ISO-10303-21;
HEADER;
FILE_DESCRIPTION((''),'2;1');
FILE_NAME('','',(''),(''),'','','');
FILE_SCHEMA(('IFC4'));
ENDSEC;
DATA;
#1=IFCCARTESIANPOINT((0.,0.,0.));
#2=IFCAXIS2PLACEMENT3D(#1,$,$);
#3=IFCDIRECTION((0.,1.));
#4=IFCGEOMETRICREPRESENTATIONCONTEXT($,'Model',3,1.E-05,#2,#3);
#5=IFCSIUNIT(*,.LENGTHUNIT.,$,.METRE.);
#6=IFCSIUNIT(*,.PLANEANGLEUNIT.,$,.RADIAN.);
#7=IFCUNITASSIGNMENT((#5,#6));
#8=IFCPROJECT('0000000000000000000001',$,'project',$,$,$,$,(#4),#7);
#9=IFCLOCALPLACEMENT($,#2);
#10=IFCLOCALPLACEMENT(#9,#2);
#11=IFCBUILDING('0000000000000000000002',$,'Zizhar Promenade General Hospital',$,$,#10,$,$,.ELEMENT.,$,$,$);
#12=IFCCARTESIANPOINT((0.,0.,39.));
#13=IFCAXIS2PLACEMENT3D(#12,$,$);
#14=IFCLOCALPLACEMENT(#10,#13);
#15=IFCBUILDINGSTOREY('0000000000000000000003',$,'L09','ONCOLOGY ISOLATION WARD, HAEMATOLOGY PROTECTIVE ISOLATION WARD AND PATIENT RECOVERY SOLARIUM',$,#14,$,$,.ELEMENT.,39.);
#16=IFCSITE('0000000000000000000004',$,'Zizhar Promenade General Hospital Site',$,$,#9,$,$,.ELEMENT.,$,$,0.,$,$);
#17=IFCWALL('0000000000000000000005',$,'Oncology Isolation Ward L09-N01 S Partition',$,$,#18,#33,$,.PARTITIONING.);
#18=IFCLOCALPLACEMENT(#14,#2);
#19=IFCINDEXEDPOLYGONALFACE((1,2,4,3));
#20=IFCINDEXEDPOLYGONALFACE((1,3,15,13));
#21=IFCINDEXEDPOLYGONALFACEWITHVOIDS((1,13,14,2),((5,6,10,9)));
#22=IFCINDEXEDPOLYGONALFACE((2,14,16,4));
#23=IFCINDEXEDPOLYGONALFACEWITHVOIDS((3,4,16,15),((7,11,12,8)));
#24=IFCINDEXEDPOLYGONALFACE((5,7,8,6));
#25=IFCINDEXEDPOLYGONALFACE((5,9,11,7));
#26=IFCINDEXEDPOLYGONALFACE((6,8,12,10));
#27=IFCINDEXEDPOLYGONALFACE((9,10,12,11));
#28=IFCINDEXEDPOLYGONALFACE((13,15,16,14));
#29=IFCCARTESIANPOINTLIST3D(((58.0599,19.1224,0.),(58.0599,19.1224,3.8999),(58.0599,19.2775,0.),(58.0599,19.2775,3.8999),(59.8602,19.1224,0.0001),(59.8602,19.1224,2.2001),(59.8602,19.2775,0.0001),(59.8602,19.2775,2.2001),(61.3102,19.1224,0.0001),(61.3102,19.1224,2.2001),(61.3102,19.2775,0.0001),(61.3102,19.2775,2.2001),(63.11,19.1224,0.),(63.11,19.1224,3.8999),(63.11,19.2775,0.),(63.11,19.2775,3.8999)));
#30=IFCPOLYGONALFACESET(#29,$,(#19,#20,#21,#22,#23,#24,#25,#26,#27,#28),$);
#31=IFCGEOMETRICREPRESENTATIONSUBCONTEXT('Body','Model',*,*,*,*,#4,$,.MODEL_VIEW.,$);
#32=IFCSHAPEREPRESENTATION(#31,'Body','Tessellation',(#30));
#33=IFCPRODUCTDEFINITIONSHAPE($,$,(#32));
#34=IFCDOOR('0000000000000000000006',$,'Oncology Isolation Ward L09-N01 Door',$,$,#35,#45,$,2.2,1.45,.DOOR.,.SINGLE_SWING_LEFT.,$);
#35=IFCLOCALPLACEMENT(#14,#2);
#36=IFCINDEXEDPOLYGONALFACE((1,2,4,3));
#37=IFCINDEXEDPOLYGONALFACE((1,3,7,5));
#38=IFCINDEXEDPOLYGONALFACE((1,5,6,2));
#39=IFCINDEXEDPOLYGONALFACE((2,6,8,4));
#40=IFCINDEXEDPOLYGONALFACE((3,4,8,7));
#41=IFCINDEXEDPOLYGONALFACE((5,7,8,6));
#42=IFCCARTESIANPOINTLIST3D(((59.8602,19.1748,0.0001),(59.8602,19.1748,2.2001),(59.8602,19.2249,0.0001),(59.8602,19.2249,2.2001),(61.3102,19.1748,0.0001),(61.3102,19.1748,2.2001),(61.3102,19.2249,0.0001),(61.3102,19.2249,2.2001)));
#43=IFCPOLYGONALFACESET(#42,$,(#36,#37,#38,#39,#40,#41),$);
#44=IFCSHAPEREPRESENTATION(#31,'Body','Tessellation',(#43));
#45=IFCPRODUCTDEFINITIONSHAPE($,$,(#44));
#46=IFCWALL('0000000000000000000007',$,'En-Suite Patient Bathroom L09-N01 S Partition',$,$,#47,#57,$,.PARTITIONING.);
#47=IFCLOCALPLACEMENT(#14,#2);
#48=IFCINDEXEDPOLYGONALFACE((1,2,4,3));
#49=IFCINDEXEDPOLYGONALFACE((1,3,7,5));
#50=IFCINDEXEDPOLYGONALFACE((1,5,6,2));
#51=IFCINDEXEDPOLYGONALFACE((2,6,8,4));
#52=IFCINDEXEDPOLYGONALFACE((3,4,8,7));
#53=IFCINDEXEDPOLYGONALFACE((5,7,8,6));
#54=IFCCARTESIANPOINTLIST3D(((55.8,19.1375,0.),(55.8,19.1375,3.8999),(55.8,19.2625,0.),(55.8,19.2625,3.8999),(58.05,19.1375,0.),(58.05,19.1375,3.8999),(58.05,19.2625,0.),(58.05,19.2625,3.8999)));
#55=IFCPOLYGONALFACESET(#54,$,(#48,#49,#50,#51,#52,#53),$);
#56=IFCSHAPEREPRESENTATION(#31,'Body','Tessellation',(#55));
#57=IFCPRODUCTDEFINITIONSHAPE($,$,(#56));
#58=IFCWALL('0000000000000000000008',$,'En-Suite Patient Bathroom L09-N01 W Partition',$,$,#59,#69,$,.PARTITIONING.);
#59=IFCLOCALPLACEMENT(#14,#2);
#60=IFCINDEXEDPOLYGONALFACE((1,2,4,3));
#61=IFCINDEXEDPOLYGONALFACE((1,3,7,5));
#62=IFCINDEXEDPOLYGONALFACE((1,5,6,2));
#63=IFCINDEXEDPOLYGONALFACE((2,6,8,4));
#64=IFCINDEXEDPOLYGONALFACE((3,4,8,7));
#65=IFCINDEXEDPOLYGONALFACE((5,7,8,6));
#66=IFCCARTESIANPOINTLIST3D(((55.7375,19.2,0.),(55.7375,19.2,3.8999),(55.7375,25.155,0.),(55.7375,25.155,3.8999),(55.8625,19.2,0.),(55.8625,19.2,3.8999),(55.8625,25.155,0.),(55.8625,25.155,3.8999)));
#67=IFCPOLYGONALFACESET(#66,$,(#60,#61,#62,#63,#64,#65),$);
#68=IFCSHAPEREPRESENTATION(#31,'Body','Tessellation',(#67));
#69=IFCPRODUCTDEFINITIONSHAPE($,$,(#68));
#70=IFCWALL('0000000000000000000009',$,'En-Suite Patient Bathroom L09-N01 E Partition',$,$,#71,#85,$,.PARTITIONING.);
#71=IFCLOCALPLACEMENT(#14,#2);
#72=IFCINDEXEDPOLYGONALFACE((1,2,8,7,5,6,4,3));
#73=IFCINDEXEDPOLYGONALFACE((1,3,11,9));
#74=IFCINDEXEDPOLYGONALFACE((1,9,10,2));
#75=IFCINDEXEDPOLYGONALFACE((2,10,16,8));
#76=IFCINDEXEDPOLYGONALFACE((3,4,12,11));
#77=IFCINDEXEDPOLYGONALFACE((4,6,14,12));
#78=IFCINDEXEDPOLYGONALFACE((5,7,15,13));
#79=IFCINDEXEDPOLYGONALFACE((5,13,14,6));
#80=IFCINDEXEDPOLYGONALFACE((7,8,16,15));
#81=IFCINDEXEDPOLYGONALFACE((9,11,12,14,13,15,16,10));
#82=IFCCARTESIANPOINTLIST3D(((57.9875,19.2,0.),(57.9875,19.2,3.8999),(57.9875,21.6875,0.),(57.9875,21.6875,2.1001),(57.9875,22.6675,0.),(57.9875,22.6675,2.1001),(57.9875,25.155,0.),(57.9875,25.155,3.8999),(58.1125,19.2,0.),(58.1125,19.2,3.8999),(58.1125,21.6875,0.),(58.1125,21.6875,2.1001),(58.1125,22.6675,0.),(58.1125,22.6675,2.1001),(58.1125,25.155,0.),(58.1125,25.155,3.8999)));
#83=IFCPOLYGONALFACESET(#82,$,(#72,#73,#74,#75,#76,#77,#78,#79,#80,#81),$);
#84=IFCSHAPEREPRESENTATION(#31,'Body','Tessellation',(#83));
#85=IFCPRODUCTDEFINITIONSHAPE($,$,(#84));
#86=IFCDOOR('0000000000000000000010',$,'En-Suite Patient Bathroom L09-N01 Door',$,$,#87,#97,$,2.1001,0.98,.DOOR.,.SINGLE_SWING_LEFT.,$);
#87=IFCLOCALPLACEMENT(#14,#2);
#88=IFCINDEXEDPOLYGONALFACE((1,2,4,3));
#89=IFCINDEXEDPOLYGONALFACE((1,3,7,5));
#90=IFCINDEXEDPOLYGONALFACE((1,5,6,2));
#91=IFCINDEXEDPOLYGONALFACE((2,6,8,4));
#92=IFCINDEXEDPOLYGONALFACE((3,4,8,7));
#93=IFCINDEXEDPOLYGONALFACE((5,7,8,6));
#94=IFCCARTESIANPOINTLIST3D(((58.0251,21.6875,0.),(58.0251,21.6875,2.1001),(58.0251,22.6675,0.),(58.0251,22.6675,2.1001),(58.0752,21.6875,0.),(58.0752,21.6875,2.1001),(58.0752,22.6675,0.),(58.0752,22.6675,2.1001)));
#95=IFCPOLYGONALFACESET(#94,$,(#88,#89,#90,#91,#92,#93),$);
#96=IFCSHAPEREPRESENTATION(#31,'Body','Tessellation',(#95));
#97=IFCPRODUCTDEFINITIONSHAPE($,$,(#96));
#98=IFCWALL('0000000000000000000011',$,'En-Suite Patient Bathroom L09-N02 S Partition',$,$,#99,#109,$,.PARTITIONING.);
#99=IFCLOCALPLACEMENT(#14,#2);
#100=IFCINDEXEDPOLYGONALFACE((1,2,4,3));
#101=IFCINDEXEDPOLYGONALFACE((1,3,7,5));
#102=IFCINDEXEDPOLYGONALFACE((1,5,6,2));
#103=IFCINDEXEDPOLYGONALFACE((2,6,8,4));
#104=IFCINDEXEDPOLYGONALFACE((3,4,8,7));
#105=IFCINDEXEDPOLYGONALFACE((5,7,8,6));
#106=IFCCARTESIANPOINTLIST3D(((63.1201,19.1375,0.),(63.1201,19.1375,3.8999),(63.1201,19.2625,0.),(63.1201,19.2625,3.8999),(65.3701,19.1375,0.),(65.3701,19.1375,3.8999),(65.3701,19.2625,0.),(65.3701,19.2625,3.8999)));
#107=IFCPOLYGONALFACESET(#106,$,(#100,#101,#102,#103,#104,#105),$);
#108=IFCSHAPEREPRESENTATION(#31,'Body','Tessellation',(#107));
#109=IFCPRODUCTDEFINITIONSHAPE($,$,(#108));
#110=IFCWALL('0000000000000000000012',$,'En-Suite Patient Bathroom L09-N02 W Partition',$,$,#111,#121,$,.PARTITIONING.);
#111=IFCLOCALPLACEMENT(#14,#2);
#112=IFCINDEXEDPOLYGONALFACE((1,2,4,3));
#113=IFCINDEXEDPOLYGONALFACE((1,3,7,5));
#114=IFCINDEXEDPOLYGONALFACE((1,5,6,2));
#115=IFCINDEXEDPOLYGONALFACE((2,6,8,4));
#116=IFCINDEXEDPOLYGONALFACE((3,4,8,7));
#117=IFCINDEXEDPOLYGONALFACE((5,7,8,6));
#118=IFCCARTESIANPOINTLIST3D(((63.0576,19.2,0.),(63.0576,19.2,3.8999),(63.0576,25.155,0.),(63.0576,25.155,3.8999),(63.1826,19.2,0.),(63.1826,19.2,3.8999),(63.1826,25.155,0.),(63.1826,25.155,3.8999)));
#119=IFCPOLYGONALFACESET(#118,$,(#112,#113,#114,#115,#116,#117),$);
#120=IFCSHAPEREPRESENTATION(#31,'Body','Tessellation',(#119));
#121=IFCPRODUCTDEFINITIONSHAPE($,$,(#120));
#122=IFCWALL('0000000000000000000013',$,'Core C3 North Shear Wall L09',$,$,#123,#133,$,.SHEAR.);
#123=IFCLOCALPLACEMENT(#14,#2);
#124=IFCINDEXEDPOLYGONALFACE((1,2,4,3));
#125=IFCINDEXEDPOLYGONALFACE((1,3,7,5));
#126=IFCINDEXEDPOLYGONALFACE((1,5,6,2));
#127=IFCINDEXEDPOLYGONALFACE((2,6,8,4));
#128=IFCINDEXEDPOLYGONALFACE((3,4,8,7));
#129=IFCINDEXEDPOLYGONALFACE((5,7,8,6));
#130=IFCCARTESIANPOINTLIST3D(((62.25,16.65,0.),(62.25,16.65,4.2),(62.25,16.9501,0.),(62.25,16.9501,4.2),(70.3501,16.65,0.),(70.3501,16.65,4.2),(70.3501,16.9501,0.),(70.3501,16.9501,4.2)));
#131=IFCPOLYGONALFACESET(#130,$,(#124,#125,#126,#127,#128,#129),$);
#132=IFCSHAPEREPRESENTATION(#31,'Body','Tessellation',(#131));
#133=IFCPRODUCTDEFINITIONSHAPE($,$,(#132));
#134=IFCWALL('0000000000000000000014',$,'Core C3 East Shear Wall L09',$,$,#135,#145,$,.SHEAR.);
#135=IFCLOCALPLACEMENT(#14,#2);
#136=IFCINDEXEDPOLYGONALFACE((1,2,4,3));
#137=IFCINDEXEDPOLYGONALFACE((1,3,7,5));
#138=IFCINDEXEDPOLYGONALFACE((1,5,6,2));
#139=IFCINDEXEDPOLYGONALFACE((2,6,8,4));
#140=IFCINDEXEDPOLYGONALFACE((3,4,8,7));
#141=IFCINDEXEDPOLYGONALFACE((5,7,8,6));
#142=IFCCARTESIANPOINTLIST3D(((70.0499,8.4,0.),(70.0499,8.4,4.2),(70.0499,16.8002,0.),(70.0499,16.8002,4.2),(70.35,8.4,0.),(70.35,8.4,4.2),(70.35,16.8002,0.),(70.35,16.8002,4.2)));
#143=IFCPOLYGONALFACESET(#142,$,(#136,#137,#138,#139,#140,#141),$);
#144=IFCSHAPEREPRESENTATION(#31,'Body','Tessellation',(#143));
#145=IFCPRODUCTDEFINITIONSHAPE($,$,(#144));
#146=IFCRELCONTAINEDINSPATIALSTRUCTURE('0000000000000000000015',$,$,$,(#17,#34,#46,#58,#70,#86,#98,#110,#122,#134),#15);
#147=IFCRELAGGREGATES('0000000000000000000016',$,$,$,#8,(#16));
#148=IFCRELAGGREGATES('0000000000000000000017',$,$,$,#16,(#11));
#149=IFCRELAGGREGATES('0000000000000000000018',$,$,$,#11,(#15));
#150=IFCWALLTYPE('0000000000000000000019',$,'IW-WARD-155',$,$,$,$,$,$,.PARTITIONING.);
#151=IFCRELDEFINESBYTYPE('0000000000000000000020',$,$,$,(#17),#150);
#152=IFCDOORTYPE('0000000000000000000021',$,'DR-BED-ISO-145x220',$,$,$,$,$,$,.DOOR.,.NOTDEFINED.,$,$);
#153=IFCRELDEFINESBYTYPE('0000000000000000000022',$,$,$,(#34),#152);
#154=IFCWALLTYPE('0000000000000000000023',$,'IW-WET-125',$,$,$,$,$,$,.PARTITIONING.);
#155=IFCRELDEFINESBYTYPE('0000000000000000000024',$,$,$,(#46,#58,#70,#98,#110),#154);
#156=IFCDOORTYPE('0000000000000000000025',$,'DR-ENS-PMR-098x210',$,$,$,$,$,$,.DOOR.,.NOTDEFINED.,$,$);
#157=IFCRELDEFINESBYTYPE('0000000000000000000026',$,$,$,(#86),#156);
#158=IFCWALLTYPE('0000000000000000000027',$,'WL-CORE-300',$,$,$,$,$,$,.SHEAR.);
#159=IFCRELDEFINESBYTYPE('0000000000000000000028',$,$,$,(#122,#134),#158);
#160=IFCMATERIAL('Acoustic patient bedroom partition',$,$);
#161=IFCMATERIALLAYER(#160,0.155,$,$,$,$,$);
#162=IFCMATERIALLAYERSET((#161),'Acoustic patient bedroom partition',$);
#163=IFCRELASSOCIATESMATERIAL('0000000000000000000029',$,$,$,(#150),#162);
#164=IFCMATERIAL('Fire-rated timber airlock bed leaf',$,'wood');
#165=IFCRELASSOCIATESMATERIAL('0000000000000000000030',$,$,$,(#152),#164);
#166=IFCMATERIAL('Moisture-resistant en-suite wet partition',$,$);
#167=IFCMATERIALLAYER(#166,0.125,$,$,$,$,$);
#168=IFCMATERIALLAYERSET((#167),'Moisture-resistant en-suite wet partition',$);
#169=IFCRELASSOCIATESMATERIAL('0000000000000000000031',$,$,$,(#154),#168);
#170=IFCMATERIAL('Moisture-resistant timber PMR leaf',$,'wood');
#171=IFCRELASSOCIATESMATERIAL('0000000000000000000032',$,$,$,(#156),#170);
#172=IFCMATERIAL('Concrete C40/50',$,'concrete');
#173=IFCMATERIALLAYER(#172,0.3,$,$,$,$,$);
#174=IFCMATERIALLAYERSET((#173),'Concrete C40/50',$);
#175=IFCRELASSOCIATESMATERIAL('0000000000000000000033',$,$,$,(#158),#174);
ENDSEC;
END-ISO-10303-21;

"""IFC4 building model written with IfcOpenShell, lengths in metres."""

from ifc_helpers import new_model, si_unit, direction, frame, frame_2d, origin, place, context, subcontext, project, spatial, rectangle, extrude, material, layer, layer_set, type_object, element, fill, save


model = new_model("IFC4")

# Units and contexts
model_context = context("Model", 3, precision=1e-05, world=origin(), true_north=direction((0.0, 1.0)))
body_context = subcontext(model_context, "Body", "Model", "MODEL_VIEW")
ifc_project = project(units=[si_unit("LENGTHUNIT", "METRE"), si_unit("PLANEANGLEUNIT", "RADIAN")], contexts=[model_context])

# Site, building, storey
site_placement = place(None, origin())
site = spatial("IfcSite", under=ifc_project, at=site_placement, Name="Zizhar Promenade General Hospital Site", CompositionType="ELEMENT", RefElevation=0.0)
building_placement = place(site_placement, origin())
building = spatial("IfcBuilding", under=site, at=building_placement, Name="Zizhar Promenade General Hospital", CompositionType="ELEMENT")
storey_placement = place(building_placement, frame((0.0, 0.0, 39.0)))
storey = spatial("IfcBuildingStorey", under=building, at=storey_placement, Name="L09", Description="ONCOLOGY ISOLATION WARD, HAEMATOLOGY PROTECTIVE ISOLATION WARD AND PATIENT RECOVERY SOLARIUM", CompositionType="ELEMENT", Elevation=39.0)

# Wall, opening, door
ifc_material_1 = material(Name="Acoustic patient bedroom partition")
ifc_layer_1 = layer(ifc_material_1, 0.155)
ifc_layer_set_1 = layer_set([ifc_layer_1], Name="Acoustic patient bedroom partition")
wall_type_1 = type_object("IfcWallType", Name="IW-WARD-155", PredefinedType="PARTITIONING", material=ifc_layer_set_1)
wall_1_placement = place(storey_placement, frame((58.0601, 19.2, 0.0), z_axis=(0.0, 0.0, 1.0), x_axis=(1.0, 0.0, 0.0)))
wall_1 = element("IfcWall", 1, at=wall_1_placement, inside=storey, type_object=wall_type_1, Name="Oncology Isolation Ward L09-N01 S Partition", PredefinedType="PARTITIONING", context=body_context, shape_type="SweptSolid", body=[
    extrude(rectangle(XDim=5.05, YDim=0.155, at=frame_2d((2.5249, 0.0))), origin(), (0.0, 0.0, 1.0), 3.8999),
])
opening_1_placement = place(wall_1_placement, frame((1.8, 0.0, 0.0)))
opening_1 = element("IfcOpeningElement", 2, at=opening_1_placement, cuts=wall_1, PredefinedType="OPENING", context=body_context, shape_type="SweptSolid", body=[
    extrude(rectangle(XDim=1.45, YDim=2.2, at=frame_2d((0.7251, 1.1001))), frame((0.0, 0.0874, 0.0), z_axis=(0.0, -1.0, 0.0), x_axis=(1.0, 0.0, 0.0)), (0.0, 0.0, 1.0), 0.175),
])
ifc_material_2 = material(Name="Fire-rated timber airlock bed leaf", Category="wood")
door_type_1 = type_object("IfcDoorType", Name="DR-BED-ISO-145x220", OperationType="NOTDEFINED", PredefinedType="DOOR", material=ifc_material_2)
door_1_placement = place(opening_1_placement, origin())
door_1 = element("IfcDoor", 3, at=door_1_placement, inside=storey, type_object=door_type_1, Name="Oncology Isolation Ward L09-N01 Door", OperationType="SINGLE_SWING_LEFT", OverallHeight=2.2, OverallWidth=1.45, PredefinedType="DOOR", context=body_context, shape_type="SweptSolid", body=[
    extrude(rectangle(XDim=1.45, YDim=2.2, at=frame_2d((0.7251, 1.1001))), frame((0.0, 0.0249, 0.0), z_axis=(0.0, -1.0, 0.0), x_axis=(1.0, 0.0, 0.0)), (0.0, 0.0, 1.0), 0.05),
])
fill(opening_1, door_1)

# Walls
ifc_material_3 = material(Name="Moisture-resistant en-suite wet partition")
ifc_layer_2 = layer(ifc_material_3, 0.125)
ifc_layer_set_2 = layer_set([ifc_layer_2], Name="Moisture-resistant en-suite wet partition")
wall_type_2 = type_object("IfcWallType", Name="IW-WET-125", PredefinedType="PARTITIONING", material=ifc_layer_set_2)
wall_2_placement = place(storey_placement, frame((55.8, 19.2, 0.0), z_axis=(0.0, 0.0, 1.0), x_axis=(1.0, 0.0, 0.0)))
element("IfcWall", 4, at=wall_2_placement, inside=storey, type_object=wall_type_2, Name="En-Suite Patient Bathroom L09-N01 S Partition", PredefinedType="PARTITIONING", context=body_context, shape_type="SweptSolid", body=[
    extrude(rectangle(XDim=2.25, YDim=0.125, at=frame_2d((1.125, 0.0))), origin(), (0.0, 0.0, 1.0), 3.8999),
])
wall_3_placement = place(storey_placement, frame((55.8, 19.2, 0.0), z_axis=(0.0, 0.0, 1.0), x_axis=(0.0, 1.0, 0.0)))
element("IfcWall", 5, at=wall_3_placement, inside=storey, type_object=wall_type_2, Name="En-Suite Patient Bathroom L09-N01 W Partition", PredefinedType="PARTITIONING", context=body_context, shape_type="SweptSolid", body=[
    extrude(rectangle(XDim=5.9551, YDim=0.125, at=frame_2d((2.9775, 0.0))), origin(), (0.0, 0.0, 1.0), 3.8999),
])

# Wall, opening, door
wall_4_placement = place(storey_placement, frame((58.05, 19.2, 0.0), z_axis=(0.0, 0.0, 1.0), x_axis=(0.0, 1.0, 0.0)))
wall_4 = element("IfcWall", 6, at=wall_4_placement, inside=storey, type_object=wall_type_2, Name="En-Suite Patient Bathroom L09-N01 E Partition", PredefinedType="PARTITIONING", context=body_context, shape_type="SweptSolid", body=[
    extrude(rectangle(XDim=5.9551, YDim=0.125, at=frame_2d((2.9775, 0.0))), origin(), (0.0, 0.0, 1.0), 3.8999),
])
opening_2_placement = place(wall_4_placement, frame((2.4875, 0.0, 0.0)))
opening_2 = element("IfcOpeningElement", 7, at=opening_2_placement, cuts=wall_4, PredefinedType="OPENING", context=body_context, shape_type="SweptSolid", body=[
    extrude(rectangle(XDim=0.98, YDim=2.1001, at=frame_2d((0.49, 1.05))), frame((0.0, 0.0725, 0.0), z_axis=(0.0, -1.0, 0.0), x_axis=(1.0, 0.0, 0.0)), (0.0, 0.0, 1.0), 0.145),
])
ifc_material_4 = material(Name="Moisture-resistant timber PMR leaf", Category="wood")
door_type_2 = type_object("IfcDoorType", Name="DR-ENS-PMR-098x210", OperationType="NOTDEFINED", PredefinedType="DOOR", material=ifc_material_4)
door_2_placement = place(opening_2_placement, origin())
door_2 = element("IfcDoor", 8, at=door_2_placement, inside=storey, type_object=door_type_2, Name="En-Suite Patient Bathroom L09-N01 Door", OperationType="SINGLE_SWING_LEFT", OverallHeight=2.1001, OverallWidth=0.98, PredefinedType="DOOR", context=body_context, shape_type="SweptSolid", body=[
    extrude(rectangle(XDim=0.98, YDim=2.1001, at=frame_2d((0.49, 1.05))), frame((0.0, 0.0249, 0.0), z_axis=(0.0, -1.0, 0.0), x_axis=(1.0, 0.0, 0.0)), (0.0, 0.0, 1.0), 0.05),
])
fill(opening_2, door_2)

# Walls
wall_5_placement = place(storey_placement, frame((63.1201, 19.2, 0.0), z_axis=(0.0, 0.0, 1.0), x_axis=(1.0, 0.0, 0.0)))
element("IfcWall", 9, at=wall_5_placement, inside=storey, type_object=wall_type_2, Name="En-Suite Patient Bathroom L09-N02 S Partition", PredefinedType="PARTITIONING", context=body_context, shape_type="SweptSolid", body=[
    extrude(rectangle(XDim=2.25, YDim=0.125, at=frame_2d((1.125, 0.0))), origin(), (0.0, 0.0, 1.0), 3.8999),
])
wall_6_placement = place(storey_placement, frame((63.1201, 19.2, 0.0), z_axis=(0.0, 0.0, 1.0), x_axis=(0.0, 1.0, 0.0)))
element("IfcWall", 10, at=wall_6_placement, inside=storey, type_object=wall_type_2, Name="En-Suite Patient Bathroom L09-N02 W Partition", PredefinedType="PARTITIONING", context=body_context, shape_type="SweptSolid", body=[
    extrude(rectangle(XDim=5.9551, YDim=0.125, at=frame_2d((2.9775, 0.0))), origin(), (0.0, 0.0, 1.0), 3.8999),
])
ifc_material_5 = material(Name="Concrete C40/50", Category="concrete")
ifc_layer_3 = layer(ifc_material_5, 0.3)
ifc_layer_set_3 = layer_set([ifc_layer_3], Name="Concrete C40/50")
wall_type_3 = type_object("IfcWallType", Name="WL-CORE-300", PredefinedType="SHEAR", material=ifc_layer_set_3)
wall_7_placement = place(storey_placement, frame((62.25, 16.8, 0.0), z_axis=(0.0, 0.0, 1.0), x_axis=(1.0, 0.0, 0.0)))
element("IfcWall", 11, at=wall_7_placement, inside=storey, type_object=wall_type_3, Name="Core C3 North Shear Wall L09", PredefinedType="SHEAR", context=body_context, shape_type="SweptSolid", body=[
    extrude(rectangle(XDim=8.1001, YDim=0.3, at=frame_2d((4.05, 0.0))), origin(), (0.0, 0.0, 1.0), 4.2),
])
wall_8_placement = place(storey_placement, frame((70.2, 8.3999, 0.0), z_axis=(0.0, 0.0, 1.0), x_axis=(0.0, 1.0, 0.0)))
element("IfcWall", 12, at=wall_8_placement, inside=storey, type_object=wall_type_3, Name="Core C3 East Shear Wall L09", PredefinedType="SHEAR", context=body_context, shape_type="SweptSolid", body=[
    extrude(rectangle(XDim=8.4001, YDim=0.3, at=frame_2d((4.2002, 0.0))), origin(), (0.0, 0.0, 1.0), 4.2),
])

save(model, "model.ifc")
